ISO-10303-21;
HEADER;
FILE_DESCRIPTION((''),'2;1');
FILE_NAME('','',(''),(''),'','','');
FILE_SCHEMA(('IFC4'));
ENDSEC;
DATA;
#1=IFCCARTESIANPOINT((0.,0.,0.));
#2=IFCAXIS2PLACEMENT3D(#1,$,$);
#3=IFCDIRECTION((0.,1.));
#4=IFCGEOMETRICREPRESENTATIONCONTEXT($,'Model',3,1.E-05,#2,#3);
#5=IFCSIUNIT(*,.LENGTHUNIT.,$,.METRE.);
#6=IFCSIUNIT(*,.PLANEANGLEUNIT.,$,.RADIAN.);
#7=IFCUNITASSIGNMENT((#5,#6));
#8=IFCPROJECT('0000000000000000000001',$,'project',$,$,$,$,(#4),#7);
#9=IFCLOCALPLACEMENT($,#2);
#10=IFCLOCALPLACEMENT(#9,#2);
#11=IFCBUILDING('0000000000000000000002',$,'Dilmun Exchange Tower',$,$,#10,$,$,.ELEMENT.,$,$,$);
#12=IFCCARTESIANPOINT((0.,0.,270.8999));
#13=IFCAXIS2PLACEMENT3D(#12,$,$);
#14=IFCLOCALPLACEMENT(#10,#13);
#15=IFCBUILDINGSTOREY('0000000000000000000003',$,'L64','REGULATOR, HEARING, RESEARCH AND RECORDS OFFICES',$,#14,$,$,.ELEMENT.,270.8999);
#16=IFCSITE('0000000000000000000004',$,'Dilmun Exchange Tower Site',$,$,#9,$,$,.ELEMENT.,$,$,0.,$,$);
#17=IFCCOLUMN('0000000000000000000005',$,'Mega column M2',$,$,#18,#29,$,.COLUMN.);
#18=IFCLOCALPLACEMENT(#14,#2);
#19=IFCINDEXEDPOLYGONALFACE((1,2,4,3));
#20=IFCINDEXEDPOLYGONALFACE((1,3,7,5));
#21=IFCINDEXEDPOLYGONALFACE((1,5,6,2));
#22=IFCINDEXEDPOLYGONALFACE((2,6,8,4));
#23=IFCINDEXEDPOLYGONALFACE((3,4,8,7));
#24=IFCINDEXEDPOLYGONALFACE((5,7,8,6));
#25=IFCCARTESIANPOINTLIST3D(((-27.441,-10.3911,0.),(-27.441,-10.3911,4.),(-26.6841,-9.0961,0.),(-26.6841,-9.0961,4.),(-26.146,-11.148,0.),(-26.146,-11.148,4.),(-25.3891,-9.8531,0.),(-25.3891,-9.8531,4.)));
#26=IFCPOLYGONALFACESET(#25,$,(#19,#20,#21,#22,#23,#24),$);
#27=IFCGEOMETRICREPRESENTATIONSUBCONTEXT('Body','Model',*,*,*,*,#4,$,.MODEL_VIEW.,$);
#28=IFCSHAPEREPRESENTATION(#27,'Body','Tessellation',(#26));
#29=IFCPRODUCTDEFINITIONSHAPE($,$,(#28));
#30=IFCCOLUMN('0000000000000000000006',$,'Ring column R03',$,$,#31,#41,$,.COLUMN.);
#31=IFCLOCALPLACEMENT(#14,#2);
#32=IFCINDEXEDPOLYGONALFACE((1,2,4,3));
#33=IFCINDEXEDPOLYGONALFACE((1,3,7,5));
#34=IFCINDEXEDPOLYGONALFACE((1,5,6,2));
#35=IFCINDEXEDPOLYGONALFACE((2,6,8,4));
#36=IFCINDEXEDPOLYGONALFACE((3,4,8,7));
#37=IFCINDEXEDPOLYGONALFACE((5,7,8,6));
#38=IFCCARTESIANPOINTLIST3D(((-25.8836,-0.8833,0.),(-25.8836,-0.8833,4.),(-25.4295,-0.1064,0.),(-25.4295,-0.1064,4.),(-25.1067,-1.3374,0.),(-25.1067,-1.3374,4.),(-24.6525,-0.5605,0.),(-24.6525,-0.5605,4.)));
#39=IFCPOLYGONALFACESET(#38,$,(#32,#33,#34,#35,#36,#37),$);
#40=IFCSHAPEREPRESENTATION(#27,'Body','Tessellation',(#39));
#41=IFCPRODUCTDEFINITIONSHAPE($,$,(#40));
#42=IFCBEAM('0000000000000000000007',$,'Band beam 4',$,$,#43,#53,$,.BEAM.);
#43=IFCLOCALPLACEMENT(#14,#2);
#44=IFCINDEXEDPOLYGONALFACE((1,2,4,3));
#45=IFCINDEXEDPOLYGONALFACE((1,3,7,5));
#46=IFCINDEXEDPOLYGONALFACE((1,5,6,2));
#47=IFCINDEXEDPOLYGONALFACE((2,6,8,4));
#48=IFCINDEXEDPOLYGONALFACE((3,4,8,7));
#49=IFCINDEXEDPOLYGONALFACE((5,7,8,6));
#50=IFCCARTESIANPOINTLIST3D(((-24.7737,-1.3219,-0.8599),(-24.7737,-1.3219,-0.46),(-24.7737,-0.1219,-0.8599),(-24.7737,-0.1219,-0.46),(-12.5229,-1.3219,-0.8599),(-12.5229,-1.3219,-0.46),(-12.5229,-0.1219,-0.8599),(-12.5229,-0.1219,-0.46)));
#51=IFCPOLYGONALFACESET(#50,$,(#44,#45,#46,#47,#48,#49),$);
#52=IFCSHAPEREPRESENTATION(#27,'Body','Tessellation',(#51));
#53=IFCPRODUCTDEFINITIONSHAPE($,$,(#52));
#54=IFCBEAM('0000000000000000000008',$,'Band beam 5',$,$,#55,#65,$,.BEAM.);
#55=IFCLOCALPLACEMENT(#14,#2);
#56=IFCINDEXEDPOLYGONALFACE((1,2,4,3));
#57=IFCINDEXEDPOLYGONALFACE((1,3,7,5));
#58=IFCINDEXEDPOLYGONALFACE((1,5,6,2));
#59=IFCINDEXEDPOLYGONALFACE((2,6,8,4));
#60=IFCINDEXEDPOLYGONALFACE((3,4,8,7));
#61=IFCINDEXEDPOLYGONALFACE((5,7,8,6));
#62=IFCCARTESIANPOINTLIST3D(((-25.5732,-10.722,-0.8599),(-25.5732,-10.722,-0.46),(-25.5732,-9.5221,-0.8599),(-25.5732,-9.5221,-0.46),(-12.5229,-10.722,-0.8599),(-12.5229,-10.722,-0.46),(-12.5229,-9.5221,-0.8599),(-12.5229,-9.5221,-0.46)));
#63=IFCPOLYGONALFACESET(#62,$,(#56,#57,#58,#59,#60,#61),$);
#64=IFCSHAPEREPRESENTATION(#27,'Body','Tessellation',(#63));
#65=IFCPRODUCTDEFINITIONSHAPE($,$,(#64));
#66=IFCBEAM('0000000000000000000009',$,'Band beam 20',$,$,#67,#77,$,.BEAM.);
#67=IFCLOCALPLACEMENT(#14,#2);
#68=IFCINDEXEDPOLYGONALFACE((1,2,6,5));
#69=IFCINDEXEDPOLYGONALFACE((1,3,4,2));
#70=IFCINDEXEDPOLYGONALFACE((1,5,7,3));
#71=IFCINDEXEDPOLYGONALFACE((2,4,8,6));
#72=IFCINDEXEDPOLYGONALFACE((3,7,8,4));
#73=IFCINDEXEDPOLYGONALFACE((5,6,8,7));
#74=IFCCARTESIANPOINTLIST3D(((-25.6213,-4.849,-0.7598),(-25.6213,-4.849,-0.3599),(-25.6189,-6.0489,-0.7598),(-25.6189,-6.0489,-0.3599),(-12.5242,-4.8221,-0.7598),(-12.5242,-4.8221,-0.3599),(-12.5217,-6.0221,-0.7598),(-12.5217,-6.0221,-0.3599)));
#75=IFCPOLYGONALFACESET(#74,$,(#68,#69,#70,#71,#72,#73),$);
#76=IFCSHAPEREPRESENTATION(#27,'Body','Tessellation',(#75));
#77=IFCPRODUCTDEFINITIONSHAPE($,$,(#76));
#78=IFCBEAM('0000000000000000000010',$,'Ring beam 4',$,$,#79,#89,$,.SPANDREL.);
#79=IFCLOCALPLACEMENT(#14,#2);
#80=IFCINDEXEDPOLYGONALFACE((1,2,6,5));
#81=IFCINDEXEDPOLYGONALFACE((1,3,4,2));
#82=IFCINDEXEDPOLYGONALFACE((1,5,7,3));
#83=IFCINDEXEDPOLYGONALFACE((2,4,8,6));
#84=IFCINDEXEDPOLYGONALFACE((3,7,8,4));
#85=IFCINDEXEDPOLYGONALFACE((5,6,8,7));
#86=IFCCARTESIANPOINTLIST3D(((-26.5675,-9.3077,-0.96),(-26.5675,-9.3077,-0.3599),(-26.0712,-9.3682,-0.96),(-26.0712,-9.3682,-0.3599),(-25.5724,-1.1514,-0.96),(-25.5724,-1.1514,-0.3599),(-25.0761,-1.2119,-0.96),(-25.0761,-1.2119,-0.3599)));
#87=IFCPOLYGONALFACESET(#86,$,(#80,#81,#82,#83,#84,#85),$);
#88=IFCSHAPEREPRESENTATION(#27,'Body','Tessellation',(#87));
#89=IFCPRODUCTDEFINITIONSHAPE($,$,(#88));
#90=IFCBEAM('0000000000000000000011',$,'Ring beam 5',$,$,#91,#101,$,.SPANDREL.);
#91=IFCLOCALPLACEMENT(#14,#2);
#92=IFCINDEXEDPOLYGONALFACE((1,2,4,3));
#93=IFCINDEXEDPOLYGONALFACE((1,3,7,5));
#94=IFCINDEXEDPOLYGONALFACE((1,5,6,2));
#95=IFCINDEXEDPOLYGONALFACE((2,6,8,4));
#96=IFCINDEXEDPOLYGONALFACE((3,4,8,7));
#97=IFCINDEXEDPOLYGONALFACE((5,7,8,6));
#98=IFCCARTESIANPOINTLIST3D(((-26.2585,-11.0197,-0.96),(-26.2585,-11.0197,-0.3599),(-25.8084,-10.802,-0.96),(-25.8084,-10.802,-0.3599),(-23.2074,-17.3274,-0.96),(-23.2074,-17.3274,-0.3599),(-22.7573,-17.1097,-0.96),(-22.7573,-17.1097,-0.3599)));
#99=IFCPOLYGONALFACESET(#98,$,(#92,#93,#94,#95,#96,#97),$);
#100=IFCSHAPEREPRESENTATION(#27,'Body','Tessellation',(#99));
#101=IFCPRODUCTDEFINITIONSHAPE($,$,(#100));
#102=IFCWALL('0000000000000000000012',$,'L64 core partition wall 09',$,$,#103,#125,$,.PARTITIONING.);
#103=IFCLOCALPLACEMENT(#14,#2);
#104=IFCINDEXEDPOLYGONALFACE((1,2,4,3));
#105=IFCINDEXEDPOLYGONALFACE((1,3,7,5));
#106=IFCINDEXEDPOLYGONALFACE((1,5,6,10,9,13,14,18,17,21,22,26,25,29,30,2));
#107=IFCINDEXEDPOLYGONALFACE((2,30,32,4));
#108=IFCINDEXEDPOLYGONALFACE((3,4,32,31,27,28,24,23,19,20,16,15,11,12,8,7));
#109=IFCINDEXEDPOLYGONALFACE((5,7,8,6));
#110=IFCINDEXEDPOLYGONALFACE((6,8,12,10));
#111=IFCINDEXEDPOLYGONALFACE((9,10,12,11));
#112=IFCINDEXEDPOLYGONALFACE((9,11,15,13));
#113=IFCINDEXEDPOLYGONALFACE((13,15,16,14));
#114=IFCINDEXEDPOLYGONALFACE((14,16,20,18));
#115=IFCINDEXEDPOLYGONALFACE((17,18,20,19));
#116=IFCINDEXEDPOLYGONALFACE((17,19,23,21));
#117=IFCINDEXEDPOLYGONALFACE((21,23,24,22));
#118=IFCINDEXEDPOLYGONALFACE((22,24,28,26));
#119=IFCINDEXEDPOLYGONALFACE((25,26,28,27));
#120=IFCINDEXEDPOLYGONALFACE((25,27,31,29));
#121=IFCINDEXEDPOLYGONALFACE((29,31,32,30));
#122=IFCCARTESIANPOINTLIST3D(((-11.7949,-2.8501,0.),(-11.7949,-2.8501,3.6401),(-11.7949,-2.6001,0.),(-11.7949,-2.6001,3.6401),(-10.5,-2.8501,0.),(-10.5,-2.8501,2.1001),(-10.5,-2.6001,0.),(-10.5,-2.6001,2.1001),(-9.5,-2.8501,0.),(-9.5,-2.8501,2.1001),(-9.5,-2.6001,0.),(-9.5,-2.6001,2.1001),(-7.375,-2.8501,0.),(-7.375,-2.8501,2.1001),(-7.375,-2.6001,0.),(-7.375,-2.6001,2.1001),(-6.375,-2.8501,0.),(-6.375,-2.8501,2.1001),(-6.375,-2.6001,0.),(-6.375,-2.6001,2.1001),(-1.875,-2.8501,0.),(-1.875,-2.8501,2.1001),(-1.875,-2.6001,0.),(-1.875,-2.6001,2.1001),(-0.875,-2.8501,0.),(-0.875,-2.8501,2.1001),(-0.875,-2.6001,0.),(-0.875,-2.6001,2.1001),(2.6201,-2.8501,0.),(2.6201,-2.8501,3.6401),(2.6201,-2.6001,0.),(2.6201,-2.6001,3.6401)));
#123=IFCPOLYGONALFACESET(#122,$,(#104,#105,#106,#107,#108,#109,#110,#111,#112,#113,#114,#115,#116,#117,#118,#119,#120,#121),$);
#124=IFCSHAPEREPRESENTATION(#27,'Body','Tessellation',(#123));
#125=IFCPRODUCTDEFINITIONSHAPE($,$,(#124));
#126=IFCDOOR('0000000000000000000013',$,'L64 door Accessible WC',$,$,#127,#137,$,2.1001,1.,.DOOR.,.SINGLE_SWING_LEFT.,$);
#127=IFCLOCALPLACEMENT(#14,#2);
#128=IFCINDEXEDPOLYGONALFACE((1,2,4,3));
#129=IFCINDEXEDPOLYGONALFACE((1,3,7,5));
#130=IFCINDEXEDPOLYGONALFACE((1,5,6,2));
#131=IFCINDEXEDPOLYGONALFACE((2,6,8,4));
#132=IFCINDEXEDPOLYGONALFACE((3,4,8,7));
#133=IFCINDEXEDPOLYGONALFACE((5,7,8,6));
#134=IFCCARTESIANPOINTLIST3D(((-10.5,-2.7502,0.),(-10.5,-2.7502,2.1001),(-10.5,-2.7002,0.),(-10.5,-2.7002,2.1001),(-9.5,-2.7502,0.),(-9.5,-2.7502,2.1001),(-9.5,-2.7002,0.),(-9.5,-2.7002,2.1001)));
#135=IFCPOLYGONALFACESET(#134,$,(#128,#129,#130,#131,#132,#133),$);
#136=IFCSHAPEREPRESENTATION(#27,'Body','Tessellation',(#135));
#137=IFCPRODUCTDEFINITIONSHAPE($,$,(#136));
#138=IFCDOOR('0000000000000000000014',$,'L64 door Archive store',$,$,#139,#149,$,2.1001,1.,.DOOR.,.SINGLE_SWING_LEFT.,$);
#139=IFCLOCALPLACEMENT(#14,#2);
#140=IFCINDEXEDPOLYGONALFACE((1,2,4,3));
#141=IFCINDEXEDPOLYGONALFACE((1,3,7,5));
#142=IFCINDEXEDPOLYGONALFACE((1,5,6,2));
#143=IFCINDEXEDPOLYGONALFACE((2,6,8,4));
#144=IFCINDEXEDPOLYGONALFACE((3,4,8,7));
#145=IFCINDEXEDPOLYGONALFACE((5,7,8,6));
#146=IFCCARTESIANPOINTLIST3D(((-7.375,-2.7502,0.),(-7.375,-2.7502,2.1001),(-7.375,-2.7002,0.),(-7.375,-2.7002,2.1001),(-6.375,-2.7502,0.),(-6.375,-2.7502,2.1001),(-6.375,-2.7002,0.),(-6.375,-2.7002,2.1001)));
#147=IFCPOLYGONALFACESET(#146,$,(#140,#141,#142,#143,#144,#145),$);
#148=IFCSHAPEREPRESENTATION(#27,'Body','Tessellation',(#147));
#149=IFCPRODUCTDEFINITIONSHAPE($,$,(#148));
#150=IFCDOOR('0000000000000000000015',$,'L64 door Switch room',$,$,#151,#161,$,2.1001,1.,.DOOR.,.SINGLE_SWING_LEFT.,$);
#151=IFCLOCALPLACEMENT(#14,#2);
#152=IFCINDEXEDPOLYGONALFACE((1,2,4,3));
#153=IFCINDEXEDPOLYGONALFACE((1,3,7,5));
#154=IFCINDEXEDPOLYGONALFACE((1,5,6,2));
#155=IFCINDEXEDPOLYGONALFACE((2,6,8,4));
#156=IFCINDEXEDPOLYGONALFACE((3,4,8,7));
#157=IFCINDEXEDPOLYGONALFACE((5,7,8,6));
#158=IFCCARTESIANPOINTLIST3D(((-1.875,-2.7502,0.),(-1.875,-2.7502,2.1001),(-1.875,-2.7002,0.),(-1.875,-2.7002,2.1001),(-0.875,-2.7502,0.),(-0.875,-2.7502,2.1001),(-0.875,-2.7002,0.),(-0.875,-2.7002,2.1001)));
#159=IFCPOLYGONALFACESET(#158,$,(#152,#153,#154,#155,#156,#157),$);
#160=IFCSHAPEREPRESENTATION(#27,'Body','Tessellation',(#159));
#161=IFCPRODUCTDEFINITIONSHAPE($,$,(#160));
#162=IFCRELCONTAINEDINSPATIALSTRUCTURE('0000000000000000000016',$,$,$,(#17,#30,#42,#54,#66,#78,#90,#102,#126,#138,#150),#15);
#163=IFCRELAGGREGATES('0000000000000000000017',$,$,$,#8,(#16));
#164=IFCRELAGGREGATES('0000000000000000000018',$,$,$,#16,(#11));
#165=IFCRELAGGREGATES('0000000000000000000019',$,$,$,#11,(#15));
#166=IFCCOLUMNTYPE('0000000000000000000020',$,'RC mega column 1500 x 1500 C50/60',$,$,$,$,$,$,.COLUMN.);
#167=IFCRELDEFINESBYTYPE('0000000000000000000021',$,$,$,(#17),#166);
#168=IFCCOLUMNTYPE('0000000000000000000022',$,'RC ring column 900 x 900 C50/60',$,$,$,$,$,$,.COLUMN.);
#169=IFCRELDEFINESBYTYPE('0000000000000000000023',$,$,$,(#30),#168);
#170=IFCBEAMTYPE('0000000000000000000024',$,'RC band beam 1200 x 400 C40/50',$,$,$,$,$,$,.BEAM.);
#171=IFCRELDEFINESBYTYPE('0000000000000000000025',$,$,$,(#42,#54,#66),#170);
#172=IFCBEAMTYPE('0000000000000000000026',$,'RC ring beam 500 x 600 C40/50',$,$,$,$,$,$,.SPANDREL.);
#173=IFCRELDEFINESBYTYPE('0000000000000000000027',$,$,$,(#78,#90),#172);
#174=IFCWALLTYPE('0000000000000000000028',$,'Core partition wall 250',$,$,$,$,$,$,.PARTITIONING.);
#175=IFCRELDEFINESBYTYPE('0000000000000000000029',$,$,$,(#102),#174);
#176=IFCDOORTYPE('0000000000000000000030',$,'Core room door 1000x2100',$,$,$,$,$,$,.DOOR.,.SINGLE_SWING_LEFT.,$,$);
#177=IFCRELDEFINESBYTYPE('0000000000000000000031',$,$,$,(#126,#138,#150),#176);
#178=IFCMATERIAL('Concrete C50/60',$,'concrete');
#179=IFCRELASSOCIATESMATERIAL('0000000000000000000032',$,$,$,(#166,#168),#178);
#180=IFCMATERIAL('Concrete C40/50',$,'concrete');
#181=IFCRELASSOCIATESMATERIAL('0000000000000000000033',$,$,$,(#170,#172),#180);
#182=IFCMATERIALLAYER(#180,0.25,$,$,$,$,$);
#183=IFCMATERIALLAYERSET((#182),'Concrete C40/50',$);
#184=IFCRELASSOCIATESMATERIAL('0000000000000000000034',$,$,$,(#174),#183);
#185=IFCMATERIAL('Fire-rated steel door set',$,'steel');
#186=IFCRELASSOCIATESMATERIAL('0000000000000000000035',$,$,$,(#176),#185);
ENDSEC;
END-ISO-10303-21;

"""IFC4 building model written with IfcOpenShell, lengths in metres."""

from ifc_helpers import new_model, si_unit, direction, frame, frame_2d, origin, origin_2d, place, context, subcontext, project, spatial, rectangle, extrude, material, layer, layer_set, material_profile, profile_set, type_object, element, fill, save


model = new_model("IFC4")

# Units and contexts
model_context = context("Model", 3, precision=1e-05, world=origin(), true_north=direction((0.0, 1.0)))
body_context = subcontext(model_context, "Body", "Model", "MODEL_VIEW")
ifc_project = project(units=[si_unit("LENGTHUNIT", "METRE"), si_unit("PLANEANGLEUNIT", "RADIAN")], contexts=[model_context])

# Site, building, storey
site_placement = place(None, origin())
site = spatial("IfcSite", under=ifc_project, at=site_placement, Name="Dilmun Exchange Tower Site", CompositionType="ELEMENT", RefElevation=0.0)
building_placement = place(site_placement, origin())
building = spatial("IfcBuilding", under=site, at=building_placement, Name="Dilmun Exchange Tower", CompositionType="ELEMENT")
storey_placement = place(building_placement, frame((0.0, 0.0, 270.8999)))
storey = spatial("IfcBuildingStorey", under=building, at=storey_placement, Name="L64", Description="REGULATOR, HEARING, RESEARCH AND RECORDS OFFICES", CompositionType="ELEMENT", Elevation=270.8999)

# Columns
ifc_material_1 = material(Name="Concrete C50/60", Category="concrete")
ifc_material_profile_1 = material_profile(ifc_material_1, rectangle(XDim=1.5, YDim=1.5, at=origin_2d()), Name="1500 x 1500")
ifc_profile_set_1 = profile_set([ifc_material_profile_1], Name="Concrete C50/60")
column_type_1 = type_object("IfcColumnType", Name="RC mega column 1500 x 1500 C50/60", PredefinedType="COLUMN", material=ifc_profile_set_1)
column_1_placement = place(storey_placement, frame((-26.415, -10.1221, 0.0), z_axis=(0.0, 0.0, 1.0), x_axis=(0.504644, 0.863328, 0.0)))
element("IfcColumn", 1, at=column_1_placement, inside=storey, type_object=column_type_1, Name="Mega column M2", PredefinedType="COLUMN", context=body_context, shape_type="SweptSolid", body=[
    extrude(rectangle(XDim=1.5, YDim=1.5, at=origin_2d()), origin(), (0.0, 0.0, 1.0), 4.0),
])
ifc_material_profile_2 = material_profile(ifc_material_1, rectangle(XDim=0.8999, YDim=0.8999, at=origin_2d()), Name="900 x 900")
ifc_profile_set_2 = profile_set([ifc_material_profile_2], Name="Concrete C50/60")
column_type_2 = type_object("IfcColumnType", Name="RC ring column 900 x 900 C50/60", PredefinedType="COLUMN", material=ifc_profile_set_2)
column_2_placement = place(storey_placement, frame((-25.2681, -0.7219, 0.0), z_axis=(0.0, 0.0, 1.0), x_axis=(0.504644, 0.863328, 0.0)))
element("IfcColumn", 2, at=column_2_placement, inside=storey, type_object=column_type_2, Name="Ring column R03", PredefinedType="COLUMN", context=body_context, shape_type="SweptSolid", body=[
    extrude(rectangle(XDim=0.8999, YDim=0.8999, at=origin_2d()), origin(), (0.0, 0.0, 1.0), 4.0),
])

# Beams
ifc_material_2 = material(Name="Concrete C40/50", Category="concrete")
ifc_material_profile_3 = material_profile(ifc_material_2, rectangle(XDim=1.2, YDim=0.3999, at=origin_2d()), Name="1200 x 400")
ifc_profile_set_3 = profile_set([ifc_material_profile_3], Name="Concrete C40/50")
beam_type_1 = type_object("IfcBeamType", Name="RC band beam 1200 x 400 C40/50", PredefinedType="BEAM", material=ifc_profile_set_3)
beam_1_placement = place(storey_placement, frame((-24.7737, -0.7219, -0.6599), z_axis=(1.0, 0.0, 0.0), x_axis=(0.0, 1.0, 0.0)))
element("IfcBeam", 3, at=beam_1_placement, inside=storey, type_object=beam_type_1, Name="Band beam 4", PredefinedType="BEAM", context=body_context, shape_type="SweptSolid", body=[
    extrude(rectangle(XDim=1.2, YDim=0.3999, at=origin_2d()), origin(), (0.0, 0.0, 1.0), 12.2507),
])
beam_2_placement = place(storey_placement, frame((-25.5732, -10.1221, -0.6599), z_axis=(1.0, 0.0, 0.0), x_axis=(0.0, 1.0, 0.0)))
element("IfcBeam", 4, at=beam_2_placement, inside=storey, type_object=beam_type_1, Name="Band beam 5", PredefinedType="BEAM", context=body_context, shape_type="SweptSolid", body=[
    extrude(rectangle(XDim=1.2, YDim=0.3999, at=origin_2d()), origin(), (0.0, 0.0, 1.0), 13.0503),
])
beam_3_placement = place(storey_placement, frame((-25.6201, -5.449, -0.5598), z_axis=(0.999998, 0.00205, 0.0), x_axis=(-0.00205, 0.999998, 0.0)))
element("IfcBeam", 5, at=beam_3_placement, inside=storey, type_object=beam_type_1, Name="Band beam 20", PredefinedType="BEAM", context=body_context, shape_type="SweptSolid", body=[
    extrude(rectangle(XDim=1.2, YDim=0.3999, at=origin_2d()), origin(), (0.0, 0.0, 1.0), 13.0972),
])
ifc_material_profile_4 = material_profile(ifc_material_2, rectangle(XDim=0.5, YDim=0.6001, at=origin_2d()), Name="500 x 600")
ifc_profile_set_4 = profile_set([ifc_material_profile_4], Name="Concrete C40/50")
beam_type_2 = type_object("IfcBeamType", Name="RC ring beam 500 x 600 C40/50", PredefinedType="SPANDREL", material=ifc_profile_set_4)
beam_4_placement = place(storey_placement, frame((-25.3242, -1.1816, -0.6599), z_axis=(-0.121109, -0.992639, 0.0), x_axis=(0.992639, -0.121109, 0.0)))
element("IfcBeam", 6, at=beam_4_placement, inside=storey, type_object=beam_type_2, Name="Ring beam 4", PredefinedType="SPANDREL", context=body_context, shape_type="SweptSolid", body=[
    extrude(rectangle(XDim=0.5, YDim=0.6001, at=origin_2d()), origin(), (0.0, 0.0, 1.0), 8.2168),
])
beam_5_placement = place(storey_placement, frame((-26.0334, -10.9109, -0.6599), z_axis=(0.43544, -0.900218, 0.0), x_axis=(0.900218, 0.43544, 0.0)))
element("IfcBeam", 7, at=beam_5_placement, inside=storey, type_object=beam_type_2, Name="Ring beam 5", PredefinedType="SPANDREL", context=body_context, shape_type="SweptSolid", body=[
    extrude(rectangle(XDim=0.5, YDim=0.6001, at=origin_2d()), origin(), (0.0, 0.0, 1.0), 7.0068),
])

# Wall, openings, doors
ifc_layer_1 = layer(ifc_material_2, 0.25)
ifc_layer_set_1 = layer_set([ifc_layer_1], Name="Concrete C40/50")
wall_type_1 = type_object("IfcWallType", Name="Core partition wall 250", PredefinedType="PARTITIONING", material=ifc_layer_set_1)
wall_1_placement = place(storey_placement, frame((-11.7949, -2.7251, 0.0), z_axis=(0.0, 0.0, 1.0), x_axis=(1.0, 0.0, 0.0)))
wall_1 = element("IfcWall", 8, at=wall_1_placement, inside=storey, type_object=wall_type_1, Name="L64 core partition wall 09", PredefinedType="PARTITIONING", context=body_context, shape_type="SweptSolid", body=[
    extrude(rectangle(XDim=14.415, YDim=0.25, at=frame_2d((7.2075, 0.0))), origin(), (0.0, 0.0, 1.0), 3.6401),
])
opening_1_placement = place(wall_1_placement, frame((1.2949, 0.0, 0.0)))
opening_1 = element("IfcOpeningElement", 9, at=opening_1_placement, cuts=wall_1, PredefinedType="OPENING", context=body_context, shape_type="SweptSolid", body=[
    extrude(rectangle(XDim=1.0, YDim=2.1001, at=frame_2d((0.5, 1.05))), frame((0.0, 0.135, 0.0), z_axis=(0.0, -1.0, 0.0), x_axis=(1.0, 0.0, 0.0)), (0.0, 0.0, 1.0), 0.27),
])
opening_2_placement = place(wall_1_placement, frame((4.4199, 0.0, 0.0)))
opening_2 = element("IfcOpeningElement", 10, at=opening_2_placement, cuts=wall_1, PredefinedType="OPENING", context=body_context, shape_type="SweptSolid", body=[
    extrude(rectangle(XDim=1.0, YDim=2.1001, at=frame_2d((0.5, 1.05))), frame((0.0, 0.135, 0.0), z_axis=(0.0, -1.0, 0.0), x_axis=(1.0, 0.0, 0.0)), (0.0, 0.0, 1.0), 0.27),
])
opening_3_placement = place(wall_1_placement, frame((9.9199, 0.0, 0.0)))
opening_3 = element("IfcOpeningElement", 11, at=opening_3_placement, cuts=wall_1, PredefinedType="OPENING", context=body_context, shape_type="SweptSolid", body=[
    extrude(rectangle(XDim=1.0, YDim=2.1001, at=frame_2d((0.5, 1.05))), frame((0.0, 0.135, 0.0), z_axis=(0.0, -1.0, 0.0), x_axis=(1.0, 0.0, 0.0)), (0.0, 0.0, 1.0), 0.27),
])
ifc_material_3 = material(Name="Fire-rated steel door set", Category="steel")
door_type_1 = type_object("IfcDoorType", Name="Core room door 1000x2100", OperationType="SINGLE_SWING_LEFT", PredefinedType="DOOR", material=ifc_material_3)
door_1_placement = place(opening_1_placement, origin())
door_1 = element("IfcDoor", 12, at=door_1_placement, inside=storey, type_object=door_type_1, Name="L64 door Accessible WC", OperationType="SINGLE_SWING_LEFT", OverallHeight=2.1001, OverallWidth=1.0, PredefinedType="DOOR", context=body_context, shape_type="SweptSolid", body=[
    extrude(rectangle(XDim=1.0, YDim=2.1001, at=frame_2d((0.5, 1.05))), frame((0.0, 0.0249, 0.0), z_axis=(0.0, -1.0, 0.0), x_axis=(1.0, 0.0, 0.0)), (0.0, 0.0, 1.0), 0.05),
])
fill(opening_1, door_1)
door_2_placement = place(opening_2_placement, origin())
door_2 = element("IfcDoor", 13, at=door_2_placement, inside=storey, type_object=door_type_1, Name="L64 door Archive store", OperationType="SINGLE_SWING_LEFT", OverallHeight=2.1001, OverallWidth=1.0, PredefinedType="DOOR", context=body_context, shape_type="SweptSolid", body=[
    extrude(rectangle(XDim=1.0, YDim=2.1001, at=frame_2d((0.5, 1.05))), frame((0.0, 0.0249, 0.0), z_axis=(0.0, -1.0, 0.0), x_axis=(1.0, 0.0, 0.0)), (0.0, 0.0, 1.0), 0.05),
])
fill(opening_2, door_2)
door_3_placement = place(opening_3_placement, origin())
door_3 = element("IfcDoor", 14, at=door_3_placement, inside=storey, type_object=door_type_1, Name="L64 door Switch room", OperationType="SINGLE_SWING_LEFT", OverallHeight=2.1001, OverallWidth=1.0, PredefinedType="DOOR", context=body_context, shape_type="SweptSolid", body=[
    extrude(rectangle(XDim=1.0, YDim=2.1001, at=frame_2d((0.5, 1.05))), frame((0.0, 0.0249, 0.0), z_axis=(0.0, -1.0, 0.0), x_axis=(1.0, 0.0, 0.0)), (0.0, 0.0, 1.0), 0.05),
])
fill(opening_3, door_3)

save(model, "model.ifc")
